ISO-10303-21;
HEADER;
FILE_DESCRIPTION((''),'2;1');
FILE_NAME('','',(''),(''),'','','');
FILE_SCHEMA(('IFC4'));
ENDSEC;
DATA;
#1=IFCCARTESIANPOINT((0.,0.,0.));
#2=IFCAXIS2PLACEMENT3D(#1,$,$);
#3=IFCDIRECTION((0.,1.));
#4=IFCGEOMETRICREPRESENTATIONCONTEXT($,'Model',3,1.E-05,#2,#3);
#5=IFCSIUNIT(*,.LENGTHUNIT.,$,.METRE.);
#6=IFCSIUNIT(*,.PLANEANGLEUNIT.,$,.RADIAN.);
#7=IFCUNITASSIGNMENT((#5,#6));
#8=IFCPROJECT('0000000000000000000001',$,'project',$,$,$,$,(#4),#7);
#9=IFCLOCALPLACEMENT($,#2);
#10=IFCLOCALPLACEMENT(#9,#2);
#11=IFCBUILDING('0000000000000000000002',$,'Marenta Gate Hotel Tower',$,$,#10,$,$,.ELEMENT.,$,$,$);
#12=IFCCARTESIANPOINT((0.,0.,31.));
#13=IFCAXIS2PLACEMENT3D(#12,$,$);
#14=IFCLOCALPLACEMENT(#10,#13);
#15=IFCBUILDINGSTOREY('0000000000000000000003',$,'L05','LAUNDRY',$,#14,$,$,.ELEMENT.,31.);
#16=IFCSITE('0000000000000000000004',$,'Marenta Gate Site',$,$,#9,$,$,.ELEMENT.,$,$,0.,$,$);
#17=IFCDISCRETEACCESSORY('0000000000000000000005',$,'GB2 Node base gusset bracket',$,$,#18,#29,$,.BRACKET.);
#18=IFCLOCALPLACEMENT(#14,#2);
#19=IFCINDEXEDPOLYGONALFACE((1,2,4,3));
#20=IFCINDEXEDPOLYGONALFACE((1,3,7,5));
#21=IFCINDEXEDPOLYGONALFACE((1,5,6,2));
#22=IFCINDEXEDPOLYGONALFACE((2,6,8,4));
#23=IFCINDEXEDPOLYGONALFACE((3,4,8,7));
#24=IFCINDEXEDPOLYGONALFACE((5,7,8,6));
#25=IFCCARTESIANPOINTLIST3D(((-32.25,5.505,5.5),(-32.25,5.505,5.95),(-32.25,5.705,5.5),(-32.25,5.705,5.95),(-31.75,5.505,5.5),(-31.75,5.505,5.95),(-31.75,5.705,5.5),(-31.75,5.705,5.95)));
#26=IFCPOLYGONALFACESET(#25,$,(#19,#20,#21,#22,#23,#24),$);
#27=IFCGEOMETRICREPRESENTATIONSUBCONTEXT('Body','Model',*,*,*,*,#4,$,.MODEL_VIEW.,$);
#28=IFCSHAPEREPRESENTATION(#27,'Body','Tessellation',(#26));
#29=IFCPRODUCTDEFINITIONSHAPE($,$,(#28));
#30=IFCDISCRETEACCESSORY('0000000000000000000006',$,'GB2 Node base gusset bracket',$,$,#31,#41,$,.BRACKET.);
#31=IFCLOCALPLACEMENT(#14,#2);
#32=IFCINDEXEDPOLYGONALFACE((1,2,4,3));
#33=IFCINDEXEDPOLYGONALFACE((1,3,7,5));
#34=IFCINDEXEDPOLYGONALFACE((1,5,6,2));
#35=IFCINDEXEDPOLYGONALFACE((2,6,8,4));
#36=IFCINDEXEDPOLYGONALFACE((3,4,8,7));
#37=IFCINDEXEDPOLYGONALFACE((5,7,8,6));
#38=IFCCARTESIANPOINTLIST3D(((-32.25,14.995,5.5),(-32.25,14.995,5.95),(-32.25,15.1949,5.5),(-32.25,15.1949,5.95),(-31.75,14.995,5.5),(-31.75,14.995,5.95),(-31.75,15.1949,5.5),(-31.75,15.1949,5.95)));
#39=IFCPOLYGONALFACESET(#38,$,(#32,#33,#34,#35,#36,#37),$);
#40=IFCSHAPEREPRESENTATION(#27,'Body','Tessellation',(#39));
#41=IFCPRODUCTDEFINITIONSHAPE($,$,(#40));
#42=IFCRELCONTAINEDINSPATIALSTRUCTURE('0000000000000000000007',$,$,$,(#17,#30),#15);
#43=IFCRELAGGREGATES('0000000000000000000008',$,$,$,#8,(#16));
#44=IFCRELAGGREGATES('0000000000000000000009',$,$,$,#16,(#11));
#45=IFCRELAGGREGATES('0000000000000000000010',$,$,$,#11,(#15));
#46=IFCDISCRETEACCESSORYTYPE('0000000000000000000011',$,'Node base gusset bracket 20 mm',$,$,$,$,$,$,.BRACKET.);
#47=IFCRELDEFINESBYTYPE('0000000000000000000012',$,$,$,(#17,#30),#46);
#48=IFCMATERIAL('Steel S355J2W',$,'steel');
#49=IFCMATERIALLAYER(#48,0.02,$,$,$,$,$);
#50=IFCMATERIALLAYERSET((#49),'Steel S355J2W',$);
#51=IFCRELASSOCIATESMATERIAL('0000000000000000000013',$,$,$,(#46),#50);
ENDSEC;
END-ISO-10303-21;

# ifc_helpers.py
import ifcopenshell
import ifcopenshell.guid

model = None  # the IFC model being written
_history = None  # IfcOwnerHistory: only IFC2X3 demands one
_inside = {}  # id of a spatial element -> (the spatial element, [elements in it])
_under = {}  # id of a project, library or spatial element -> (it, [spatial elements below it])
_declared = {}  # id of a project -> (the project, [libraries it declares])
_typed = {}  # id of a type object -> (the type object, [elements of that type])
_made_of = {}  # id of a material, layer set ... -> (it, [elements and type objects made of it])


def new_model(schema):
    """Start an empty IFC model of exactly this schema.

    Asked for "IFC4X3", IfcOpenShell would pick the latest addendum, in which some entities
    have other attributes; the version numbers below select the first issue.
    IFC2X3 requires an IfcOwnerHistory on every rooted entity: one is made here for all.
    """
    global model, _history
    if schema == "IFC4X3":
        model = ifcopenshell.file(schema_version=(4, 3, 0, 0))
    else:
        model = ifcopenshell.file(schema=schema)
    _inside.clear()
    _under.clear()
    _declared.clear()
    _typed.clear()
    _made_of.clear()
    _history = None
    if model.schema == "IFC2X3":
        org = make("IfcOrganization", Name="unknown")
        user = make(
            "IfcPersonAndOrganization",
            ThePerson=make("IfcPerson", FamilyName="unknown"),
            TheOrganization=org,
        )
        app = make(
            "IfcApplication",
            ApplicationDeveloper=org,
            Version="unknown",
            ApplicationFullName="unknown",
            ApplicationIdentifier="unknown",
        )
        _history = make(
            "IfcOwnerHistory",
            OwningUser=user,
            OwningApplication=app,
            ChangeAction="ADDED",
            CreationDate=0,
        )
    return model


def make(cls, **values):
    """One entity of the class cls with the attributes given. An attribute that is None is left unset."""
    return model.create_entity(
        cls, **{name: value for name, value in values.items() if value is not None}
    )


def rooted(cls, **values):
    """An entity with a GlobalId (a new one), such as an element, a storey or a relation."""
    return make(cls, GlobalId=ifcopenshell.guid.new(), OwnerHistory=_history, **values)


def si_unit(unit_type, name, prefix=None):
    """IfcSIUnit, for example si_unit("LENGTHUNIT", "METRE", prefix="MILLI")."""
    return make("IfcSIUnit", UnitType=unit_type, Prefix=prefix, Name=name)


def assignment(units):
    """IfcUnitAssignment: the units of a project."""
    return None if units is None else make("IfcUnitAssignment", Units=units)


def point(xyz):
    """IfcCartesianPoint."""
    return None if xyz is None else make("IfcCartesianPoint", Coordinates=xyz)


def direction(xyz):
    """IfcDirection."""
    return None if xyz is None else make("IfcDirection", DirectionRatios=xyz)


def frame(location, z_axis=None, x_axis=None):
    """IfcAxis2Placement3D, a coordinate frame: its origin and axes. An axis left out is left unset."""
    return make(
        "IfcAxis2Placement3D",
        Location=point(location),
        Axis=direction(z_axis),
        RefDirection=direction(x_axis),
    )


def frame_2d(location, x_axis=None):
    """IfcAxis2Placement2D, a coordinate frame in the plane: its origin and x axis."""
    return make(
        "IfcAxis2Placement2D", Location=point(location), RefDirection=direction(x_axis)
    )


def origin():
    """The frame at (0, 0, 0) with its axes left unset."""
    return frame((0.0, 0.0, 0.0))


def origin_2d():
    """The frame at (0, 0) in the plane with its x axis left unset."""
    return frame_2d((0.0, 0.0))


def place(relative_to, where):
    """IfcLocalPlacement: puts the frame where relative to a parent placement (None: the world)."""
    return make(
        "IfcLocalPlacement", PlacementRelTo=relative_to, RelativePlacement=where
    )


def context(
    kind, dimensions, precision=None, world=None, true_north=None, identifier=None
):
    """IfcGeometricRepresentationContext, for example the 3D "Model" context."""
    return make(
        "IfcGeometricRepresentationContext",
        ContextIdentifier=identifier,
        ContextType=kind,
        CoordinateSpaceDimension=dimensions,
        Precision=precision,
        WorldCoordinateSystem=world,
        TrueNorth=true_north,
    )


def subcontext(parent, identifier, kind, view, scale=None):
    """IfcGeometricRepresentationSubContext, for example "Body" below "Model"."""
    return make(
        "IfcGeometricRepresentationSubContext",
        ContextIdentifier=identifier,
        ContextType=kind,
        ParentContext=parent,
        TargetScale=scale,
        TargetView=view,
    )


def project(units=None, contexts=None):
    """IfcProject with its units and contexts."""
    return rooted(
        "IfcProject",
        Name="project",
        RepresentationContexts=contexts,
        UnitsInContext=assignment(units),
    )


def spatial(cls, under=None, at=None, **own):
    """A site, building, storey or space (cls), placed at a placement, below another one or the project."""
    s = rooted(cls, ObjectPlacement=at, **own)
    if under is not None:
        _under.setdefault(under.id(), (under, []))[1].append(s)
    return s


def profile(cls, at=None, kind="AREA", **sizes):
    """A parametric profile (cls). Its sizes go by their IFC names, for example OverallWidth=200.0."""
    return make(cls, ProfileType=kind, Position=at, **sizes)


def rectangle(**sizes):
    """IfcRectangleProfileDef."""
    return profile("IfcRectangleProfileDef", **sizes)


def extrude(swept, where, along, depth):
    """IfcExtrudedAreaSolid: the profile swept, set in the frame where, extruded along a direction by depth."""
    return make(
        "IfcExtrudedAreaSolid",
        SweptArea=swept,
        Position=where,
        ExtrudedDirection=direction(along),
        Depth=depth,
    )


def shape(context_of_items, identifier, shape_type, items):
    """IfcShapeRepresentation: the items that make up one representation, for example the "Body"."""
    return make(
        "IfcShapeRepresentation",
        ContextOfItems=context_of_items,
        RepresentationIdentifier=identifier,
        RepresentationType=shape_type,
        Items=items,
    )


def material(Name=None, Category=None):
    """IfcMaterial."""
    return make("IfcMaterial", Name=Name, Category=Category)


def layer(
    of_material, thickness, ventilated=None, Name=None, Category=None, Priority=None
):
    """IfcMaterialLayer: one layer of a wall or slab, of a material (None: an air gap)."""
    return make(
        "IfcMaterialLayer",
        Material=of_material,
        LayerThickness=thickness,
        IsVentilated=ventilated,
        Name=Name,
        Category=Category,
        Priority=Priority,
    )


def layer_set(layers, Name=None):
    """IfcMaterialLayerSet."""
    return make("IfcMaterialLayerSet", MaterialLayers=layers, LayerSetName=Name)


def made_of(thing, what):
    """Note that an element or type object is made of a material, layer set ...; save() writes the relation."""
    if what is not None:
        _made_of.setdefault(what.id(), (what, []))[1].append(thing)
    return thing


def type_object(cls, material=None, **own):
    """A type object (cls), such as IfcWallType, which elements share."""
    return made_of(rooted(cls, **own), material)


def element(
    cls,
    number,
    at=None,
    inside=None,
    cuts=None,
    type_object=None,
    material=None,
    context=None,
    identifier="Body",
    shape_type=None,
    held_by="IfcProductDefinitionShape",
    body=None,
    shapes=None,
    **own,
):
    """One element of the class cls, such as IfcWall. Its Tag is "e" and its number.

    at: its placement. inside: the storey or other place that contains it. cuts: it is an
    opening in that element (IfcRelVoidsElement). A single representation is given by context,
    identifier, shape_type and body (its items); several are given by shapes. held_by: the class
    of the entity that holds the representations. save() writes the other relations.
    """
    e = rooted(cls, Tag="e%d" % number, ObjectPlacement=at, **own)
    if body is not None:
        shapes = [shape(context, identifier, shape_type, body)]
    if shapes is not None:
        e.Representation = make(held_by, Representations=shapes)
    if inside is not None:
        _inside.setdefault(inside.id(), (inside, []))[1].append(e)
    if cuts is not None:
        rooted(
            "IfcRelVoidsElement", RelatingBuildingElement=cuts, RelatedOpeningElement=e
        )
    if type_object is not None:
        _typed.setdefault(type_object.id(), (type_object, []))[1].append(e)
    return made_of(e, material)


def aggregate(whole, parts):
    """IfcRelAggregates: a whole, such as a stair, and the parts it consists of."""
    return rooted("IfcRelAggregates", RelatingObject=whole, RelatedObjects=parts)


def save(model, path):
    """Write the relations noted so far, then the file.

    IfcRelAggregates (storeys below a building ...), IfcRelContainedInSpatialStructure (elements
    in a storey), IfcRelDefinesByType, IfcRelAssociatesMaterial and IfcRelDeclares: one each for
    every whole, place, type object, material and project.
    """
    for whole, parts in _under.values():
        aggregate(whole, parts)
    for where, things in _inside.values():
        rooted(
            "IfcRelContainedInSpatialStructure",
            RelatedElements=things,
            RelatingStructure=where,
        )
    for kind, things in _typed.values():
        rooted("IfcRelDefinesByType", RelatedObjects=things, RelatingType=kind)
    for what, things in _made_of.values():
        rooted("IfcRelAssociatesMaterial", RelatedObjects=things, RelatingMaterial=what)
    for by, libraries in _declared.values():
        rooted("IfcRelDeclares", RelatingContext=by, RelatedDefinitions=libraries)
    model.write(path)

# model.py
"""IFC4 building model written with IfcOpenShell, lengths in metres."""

from ifc_helpers import new_model, si_unit, direction, frame, origin, origin_2d, place, context, subcontext, project, spatial, rectangle, extrude, material, layer, layer_set, type_object, element, save


model = new_model("IFC4")

# Units and contexts
model_context = context("Model", 3, precision=1e-05, world=origin(), true_north=direction((0.0, 1.0)))
body_context = subcontext(model_context, "Body", "Model", "MODEL_VIEW")
ifc_project = project(units=[si_unit("LENGTHUNIT", "METRE"), si_unit("PLANEANGLEUNIT", "RADIAN")], contexts=[model_context])

# Site, building, storey
site_placement = place(None, origin())
site = spatial("IfcSite", under=ifc_project, at=site_placement, Name="Marenta Gate Site", CompositionType="ELEMENT", RefElevation=0.0)
building_placement = place(site_placement, origin())
building = spatial("IfcBuilding", under=site, at=building_placement, Name="Marenta Gate Hotel Tower", CompositionType="ELEMENT")
storey_placement = place(building_placement, frame((0.0, 0.0, 31.0)))
storey = spatial("IfcBuildingStorey", under=building, at=storey_placement, Name="L05", Description="LAUNDRY", CompositionType="ELEMENT", Elevation=31.0)

# Discrete accessories
ifc_material_1 = material(Name="Steel S355J2W", Category="steel")
ifc_layer_1 = layer(ifc_material_1, 0.02)
ifc_layer_set_1 = layer_set([ifc_layer_1], Name="Steel S355J2W")
discrete_accessory_type_1 = type_object("IfcDiscreteAccessoryType", Name="Node base gusset bracket 20 mm", PredefinedType="BRACKET", material=ifc_layer_set_1)
for number, where, z_axis, x_axis, name in (
    (1, (-32.0, 5.605, 5.5), (0.0, 0.0, 1.0), (0.0, 1.0, 0.0), "GB2 Node base gusset bracket"),
    (2, (-32.0, 15.095, 5.5), (0.0, 0.0, 1.0), (0.0, 1.0, 0.0), "GB2 Node base gusset bracket"),
):
    element("IfcDiscreteAccessory", number, at=place(storey_placement, frame(where, z_axis=z_axis, x_axis=x_axis)), inside=storey, type_object=discrete_accessory_type_1, Name=name, PredefinedType="BRACKET", context=body_context, shape_type="SweptSolid", body=[
        extrude(rectangle(XDim=0.2, YDim=0.5, at=origin_2d()), origin(), (0.0, 0.0, 1.0), 0.45),
    ])

save(model, "model.ifc")
